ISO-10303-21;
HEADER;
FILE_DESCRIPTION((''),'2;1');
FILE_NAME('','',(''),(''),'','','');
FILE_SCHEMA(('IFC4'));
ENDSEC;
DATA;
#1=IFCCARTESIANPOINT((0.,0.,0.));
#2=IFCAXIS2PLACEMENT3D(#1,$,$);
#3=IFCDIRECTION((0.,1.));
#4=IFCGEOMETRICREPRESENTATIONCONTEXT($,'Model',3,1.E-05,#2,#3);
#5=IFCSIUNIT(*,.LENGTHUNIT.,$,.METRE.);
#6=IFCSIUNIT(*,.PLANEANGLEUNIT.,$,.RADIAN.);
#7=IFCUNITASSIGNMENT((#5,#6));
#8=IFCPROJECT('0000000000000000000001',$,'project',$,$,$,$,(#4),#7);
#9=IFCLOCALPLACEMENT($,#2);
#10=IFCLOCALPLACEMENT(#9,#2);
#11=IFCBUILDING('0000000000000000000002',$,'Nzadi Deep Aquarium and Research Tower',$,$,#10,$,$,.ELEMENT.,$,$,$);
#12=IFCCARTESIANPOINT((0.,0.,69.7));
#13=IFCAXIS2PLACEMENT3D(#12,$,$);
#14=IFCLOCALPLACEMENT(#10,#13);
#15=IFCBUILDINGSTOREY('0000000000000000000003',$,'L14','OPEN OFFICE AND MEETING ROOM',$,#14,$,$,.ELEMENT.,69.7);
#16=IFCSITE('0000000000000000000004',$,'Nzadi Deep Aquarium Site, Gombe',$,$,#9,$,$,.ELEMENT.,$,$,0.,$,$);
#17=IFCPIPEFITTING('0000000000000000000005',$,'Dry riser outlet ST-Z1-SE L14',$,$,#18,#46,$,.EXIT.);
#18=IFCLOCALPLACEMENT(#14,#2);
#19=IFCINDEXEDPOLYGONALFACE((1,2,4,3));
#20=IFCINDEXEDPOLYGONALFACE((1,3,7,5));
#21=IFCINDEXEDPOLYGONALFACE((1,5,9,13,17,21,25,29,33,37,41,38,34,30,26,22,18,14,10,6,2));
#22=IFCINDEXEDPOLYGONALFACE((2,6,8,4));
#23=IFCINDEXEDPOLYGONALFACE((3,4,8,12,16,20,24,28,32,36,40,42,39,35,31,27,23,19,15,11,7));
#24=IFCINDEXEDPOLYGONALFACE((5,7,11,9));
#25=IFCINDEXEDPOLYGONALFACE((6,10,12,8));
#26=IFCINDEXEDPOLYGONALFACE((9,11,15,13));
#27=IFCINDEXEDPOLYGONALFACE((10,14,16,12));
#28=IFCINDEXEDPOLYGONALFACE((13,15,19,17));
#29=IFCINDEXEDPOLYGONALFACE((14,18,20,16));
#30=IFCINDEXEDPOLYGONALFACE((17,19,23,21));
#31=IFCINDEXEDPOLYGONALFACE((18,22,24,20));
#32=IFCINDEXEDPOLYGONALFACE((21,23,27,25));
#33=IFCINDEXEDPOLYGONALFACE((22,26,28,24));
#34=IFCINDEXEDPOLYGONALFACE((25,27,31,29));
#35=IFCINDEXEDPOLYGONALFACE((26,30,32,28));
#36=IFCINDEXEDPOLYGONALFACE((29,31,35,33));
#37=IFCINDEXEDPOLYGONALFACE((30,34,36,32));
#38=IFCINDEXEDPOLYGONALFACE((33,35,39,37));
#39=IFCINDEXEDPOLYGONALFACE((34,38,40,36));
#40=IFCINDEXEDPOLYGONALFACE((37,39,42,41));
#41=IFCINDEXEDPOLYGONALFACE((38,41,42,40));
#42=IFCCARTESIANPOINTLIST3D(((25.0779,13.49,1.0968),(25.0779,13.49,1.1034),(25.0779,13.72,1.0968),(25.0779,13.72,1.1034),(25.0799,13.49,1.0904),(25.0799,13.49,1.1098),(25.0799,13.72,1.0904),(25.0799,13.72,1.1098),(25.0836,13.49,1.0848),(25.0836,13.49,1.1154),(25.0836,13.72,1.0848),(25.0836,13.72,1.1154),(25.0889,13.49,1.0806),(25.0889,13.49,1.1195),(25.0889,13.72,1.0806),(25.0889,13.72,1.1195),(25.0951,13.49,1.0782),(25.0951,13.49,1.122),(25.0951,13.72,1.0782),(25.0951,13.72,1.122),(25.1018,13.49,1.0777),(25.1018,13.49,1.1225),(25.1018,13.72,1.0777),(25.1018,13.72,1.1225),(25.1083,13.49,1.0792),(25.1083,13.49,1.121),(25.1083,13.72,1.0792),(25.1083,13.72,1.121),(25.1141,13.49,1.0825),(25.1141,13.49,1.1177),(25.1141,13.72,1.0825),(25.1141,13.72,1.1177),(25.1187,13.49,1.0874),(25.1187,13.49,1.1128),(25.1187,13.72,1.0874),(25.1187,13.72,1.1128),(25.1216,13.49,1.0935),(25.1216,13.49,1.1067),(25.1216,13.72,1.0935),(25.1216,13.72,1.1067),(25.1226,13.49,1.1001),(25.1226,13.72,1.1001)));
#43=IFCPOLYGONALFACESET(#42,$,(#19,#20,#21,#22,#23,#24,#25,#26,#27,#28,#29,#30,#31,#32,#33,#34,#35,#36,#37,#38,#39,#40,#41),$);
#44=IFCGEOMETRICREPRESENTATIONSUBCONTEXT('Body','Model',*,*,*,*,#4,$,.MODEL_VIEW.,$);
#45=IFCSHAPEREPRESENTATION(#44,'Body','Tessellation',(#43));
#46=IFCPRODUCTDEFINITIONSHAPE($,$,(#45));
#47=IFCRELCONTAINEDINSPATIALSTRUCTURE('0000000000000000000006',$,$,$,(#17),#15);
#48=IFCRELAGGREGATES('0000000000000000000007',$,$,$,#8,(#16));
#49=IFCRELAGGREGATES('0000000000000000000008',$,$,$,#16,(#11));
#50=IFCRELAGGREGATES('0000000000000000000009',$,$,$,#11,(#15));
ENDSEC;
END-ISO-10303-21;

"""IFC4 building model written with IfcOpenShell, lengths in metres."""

from ifc_helpers import new_model, si_unit, direction, frame, origin, origin_2d, place, context, subcontext, project, spatial, circle, extrude, element, save


model = new_model("IFC4")

# Units and contexts
model_context = context("Model", 3, precision=1e-05, world=origin(), true_north=direction((0.0, 1.0)))
body_context = subcontext(model_context, "Body", "Model", "MODEL_VIEW")
ifc_project = project(units=[si_unit("LENGTHUNIT", "METRE"), si_unit("PLANEANGLEUNIT", "RADIAN")], contexts=[model_context])

# Site, building, storey
site_placement = place(None, origin())
site = spatial("IfcSite", under=ifc_project, at=site_placement, Name="Nzadi Deep Aquarium Site, Gombe", CompositionType="ELEMENT", RefElevation=0.0)
building_placement = place(site_placement, origin())
building = spatial("IfcBuilding", under=site, at=building_placement, Name="Nzadi Deep Aquarium and Research Tower", CompositionType="ELEMENT")
storey_placement = place(building_placement, frame((0.0, 0.0, 69.7)))
storey = spatial("IfcBuildingStorey", under=building, at=storey_placement, Name="L14", Description="OPEN OFFICE AND MEETING ROOM", CompositionType="ELEMENT", Elevation=69.7)

# Pipe fitting
pipe_fitting_placement = place(storey_placement, frame((25.1001, 13.72, 1.1001), z_axis=(0.0, -1.0, 0.0), x_axis=(1.0, 0.0, 0.0)))
element("IfcPipeFitting", 1, at=pipe_fitting_placement, inside=storey, Name="Dry riser outlet ST-Z1-SE L14", PredefinedType="EXIT", context=body_context, shape_type="SweptSolid", body=[
    extrude(circle(Radius=0.0225, at=origin_2d()), origin(), (0.0, 0.0, 1.0), 0.23),
])

save(model, "model.ifc")
